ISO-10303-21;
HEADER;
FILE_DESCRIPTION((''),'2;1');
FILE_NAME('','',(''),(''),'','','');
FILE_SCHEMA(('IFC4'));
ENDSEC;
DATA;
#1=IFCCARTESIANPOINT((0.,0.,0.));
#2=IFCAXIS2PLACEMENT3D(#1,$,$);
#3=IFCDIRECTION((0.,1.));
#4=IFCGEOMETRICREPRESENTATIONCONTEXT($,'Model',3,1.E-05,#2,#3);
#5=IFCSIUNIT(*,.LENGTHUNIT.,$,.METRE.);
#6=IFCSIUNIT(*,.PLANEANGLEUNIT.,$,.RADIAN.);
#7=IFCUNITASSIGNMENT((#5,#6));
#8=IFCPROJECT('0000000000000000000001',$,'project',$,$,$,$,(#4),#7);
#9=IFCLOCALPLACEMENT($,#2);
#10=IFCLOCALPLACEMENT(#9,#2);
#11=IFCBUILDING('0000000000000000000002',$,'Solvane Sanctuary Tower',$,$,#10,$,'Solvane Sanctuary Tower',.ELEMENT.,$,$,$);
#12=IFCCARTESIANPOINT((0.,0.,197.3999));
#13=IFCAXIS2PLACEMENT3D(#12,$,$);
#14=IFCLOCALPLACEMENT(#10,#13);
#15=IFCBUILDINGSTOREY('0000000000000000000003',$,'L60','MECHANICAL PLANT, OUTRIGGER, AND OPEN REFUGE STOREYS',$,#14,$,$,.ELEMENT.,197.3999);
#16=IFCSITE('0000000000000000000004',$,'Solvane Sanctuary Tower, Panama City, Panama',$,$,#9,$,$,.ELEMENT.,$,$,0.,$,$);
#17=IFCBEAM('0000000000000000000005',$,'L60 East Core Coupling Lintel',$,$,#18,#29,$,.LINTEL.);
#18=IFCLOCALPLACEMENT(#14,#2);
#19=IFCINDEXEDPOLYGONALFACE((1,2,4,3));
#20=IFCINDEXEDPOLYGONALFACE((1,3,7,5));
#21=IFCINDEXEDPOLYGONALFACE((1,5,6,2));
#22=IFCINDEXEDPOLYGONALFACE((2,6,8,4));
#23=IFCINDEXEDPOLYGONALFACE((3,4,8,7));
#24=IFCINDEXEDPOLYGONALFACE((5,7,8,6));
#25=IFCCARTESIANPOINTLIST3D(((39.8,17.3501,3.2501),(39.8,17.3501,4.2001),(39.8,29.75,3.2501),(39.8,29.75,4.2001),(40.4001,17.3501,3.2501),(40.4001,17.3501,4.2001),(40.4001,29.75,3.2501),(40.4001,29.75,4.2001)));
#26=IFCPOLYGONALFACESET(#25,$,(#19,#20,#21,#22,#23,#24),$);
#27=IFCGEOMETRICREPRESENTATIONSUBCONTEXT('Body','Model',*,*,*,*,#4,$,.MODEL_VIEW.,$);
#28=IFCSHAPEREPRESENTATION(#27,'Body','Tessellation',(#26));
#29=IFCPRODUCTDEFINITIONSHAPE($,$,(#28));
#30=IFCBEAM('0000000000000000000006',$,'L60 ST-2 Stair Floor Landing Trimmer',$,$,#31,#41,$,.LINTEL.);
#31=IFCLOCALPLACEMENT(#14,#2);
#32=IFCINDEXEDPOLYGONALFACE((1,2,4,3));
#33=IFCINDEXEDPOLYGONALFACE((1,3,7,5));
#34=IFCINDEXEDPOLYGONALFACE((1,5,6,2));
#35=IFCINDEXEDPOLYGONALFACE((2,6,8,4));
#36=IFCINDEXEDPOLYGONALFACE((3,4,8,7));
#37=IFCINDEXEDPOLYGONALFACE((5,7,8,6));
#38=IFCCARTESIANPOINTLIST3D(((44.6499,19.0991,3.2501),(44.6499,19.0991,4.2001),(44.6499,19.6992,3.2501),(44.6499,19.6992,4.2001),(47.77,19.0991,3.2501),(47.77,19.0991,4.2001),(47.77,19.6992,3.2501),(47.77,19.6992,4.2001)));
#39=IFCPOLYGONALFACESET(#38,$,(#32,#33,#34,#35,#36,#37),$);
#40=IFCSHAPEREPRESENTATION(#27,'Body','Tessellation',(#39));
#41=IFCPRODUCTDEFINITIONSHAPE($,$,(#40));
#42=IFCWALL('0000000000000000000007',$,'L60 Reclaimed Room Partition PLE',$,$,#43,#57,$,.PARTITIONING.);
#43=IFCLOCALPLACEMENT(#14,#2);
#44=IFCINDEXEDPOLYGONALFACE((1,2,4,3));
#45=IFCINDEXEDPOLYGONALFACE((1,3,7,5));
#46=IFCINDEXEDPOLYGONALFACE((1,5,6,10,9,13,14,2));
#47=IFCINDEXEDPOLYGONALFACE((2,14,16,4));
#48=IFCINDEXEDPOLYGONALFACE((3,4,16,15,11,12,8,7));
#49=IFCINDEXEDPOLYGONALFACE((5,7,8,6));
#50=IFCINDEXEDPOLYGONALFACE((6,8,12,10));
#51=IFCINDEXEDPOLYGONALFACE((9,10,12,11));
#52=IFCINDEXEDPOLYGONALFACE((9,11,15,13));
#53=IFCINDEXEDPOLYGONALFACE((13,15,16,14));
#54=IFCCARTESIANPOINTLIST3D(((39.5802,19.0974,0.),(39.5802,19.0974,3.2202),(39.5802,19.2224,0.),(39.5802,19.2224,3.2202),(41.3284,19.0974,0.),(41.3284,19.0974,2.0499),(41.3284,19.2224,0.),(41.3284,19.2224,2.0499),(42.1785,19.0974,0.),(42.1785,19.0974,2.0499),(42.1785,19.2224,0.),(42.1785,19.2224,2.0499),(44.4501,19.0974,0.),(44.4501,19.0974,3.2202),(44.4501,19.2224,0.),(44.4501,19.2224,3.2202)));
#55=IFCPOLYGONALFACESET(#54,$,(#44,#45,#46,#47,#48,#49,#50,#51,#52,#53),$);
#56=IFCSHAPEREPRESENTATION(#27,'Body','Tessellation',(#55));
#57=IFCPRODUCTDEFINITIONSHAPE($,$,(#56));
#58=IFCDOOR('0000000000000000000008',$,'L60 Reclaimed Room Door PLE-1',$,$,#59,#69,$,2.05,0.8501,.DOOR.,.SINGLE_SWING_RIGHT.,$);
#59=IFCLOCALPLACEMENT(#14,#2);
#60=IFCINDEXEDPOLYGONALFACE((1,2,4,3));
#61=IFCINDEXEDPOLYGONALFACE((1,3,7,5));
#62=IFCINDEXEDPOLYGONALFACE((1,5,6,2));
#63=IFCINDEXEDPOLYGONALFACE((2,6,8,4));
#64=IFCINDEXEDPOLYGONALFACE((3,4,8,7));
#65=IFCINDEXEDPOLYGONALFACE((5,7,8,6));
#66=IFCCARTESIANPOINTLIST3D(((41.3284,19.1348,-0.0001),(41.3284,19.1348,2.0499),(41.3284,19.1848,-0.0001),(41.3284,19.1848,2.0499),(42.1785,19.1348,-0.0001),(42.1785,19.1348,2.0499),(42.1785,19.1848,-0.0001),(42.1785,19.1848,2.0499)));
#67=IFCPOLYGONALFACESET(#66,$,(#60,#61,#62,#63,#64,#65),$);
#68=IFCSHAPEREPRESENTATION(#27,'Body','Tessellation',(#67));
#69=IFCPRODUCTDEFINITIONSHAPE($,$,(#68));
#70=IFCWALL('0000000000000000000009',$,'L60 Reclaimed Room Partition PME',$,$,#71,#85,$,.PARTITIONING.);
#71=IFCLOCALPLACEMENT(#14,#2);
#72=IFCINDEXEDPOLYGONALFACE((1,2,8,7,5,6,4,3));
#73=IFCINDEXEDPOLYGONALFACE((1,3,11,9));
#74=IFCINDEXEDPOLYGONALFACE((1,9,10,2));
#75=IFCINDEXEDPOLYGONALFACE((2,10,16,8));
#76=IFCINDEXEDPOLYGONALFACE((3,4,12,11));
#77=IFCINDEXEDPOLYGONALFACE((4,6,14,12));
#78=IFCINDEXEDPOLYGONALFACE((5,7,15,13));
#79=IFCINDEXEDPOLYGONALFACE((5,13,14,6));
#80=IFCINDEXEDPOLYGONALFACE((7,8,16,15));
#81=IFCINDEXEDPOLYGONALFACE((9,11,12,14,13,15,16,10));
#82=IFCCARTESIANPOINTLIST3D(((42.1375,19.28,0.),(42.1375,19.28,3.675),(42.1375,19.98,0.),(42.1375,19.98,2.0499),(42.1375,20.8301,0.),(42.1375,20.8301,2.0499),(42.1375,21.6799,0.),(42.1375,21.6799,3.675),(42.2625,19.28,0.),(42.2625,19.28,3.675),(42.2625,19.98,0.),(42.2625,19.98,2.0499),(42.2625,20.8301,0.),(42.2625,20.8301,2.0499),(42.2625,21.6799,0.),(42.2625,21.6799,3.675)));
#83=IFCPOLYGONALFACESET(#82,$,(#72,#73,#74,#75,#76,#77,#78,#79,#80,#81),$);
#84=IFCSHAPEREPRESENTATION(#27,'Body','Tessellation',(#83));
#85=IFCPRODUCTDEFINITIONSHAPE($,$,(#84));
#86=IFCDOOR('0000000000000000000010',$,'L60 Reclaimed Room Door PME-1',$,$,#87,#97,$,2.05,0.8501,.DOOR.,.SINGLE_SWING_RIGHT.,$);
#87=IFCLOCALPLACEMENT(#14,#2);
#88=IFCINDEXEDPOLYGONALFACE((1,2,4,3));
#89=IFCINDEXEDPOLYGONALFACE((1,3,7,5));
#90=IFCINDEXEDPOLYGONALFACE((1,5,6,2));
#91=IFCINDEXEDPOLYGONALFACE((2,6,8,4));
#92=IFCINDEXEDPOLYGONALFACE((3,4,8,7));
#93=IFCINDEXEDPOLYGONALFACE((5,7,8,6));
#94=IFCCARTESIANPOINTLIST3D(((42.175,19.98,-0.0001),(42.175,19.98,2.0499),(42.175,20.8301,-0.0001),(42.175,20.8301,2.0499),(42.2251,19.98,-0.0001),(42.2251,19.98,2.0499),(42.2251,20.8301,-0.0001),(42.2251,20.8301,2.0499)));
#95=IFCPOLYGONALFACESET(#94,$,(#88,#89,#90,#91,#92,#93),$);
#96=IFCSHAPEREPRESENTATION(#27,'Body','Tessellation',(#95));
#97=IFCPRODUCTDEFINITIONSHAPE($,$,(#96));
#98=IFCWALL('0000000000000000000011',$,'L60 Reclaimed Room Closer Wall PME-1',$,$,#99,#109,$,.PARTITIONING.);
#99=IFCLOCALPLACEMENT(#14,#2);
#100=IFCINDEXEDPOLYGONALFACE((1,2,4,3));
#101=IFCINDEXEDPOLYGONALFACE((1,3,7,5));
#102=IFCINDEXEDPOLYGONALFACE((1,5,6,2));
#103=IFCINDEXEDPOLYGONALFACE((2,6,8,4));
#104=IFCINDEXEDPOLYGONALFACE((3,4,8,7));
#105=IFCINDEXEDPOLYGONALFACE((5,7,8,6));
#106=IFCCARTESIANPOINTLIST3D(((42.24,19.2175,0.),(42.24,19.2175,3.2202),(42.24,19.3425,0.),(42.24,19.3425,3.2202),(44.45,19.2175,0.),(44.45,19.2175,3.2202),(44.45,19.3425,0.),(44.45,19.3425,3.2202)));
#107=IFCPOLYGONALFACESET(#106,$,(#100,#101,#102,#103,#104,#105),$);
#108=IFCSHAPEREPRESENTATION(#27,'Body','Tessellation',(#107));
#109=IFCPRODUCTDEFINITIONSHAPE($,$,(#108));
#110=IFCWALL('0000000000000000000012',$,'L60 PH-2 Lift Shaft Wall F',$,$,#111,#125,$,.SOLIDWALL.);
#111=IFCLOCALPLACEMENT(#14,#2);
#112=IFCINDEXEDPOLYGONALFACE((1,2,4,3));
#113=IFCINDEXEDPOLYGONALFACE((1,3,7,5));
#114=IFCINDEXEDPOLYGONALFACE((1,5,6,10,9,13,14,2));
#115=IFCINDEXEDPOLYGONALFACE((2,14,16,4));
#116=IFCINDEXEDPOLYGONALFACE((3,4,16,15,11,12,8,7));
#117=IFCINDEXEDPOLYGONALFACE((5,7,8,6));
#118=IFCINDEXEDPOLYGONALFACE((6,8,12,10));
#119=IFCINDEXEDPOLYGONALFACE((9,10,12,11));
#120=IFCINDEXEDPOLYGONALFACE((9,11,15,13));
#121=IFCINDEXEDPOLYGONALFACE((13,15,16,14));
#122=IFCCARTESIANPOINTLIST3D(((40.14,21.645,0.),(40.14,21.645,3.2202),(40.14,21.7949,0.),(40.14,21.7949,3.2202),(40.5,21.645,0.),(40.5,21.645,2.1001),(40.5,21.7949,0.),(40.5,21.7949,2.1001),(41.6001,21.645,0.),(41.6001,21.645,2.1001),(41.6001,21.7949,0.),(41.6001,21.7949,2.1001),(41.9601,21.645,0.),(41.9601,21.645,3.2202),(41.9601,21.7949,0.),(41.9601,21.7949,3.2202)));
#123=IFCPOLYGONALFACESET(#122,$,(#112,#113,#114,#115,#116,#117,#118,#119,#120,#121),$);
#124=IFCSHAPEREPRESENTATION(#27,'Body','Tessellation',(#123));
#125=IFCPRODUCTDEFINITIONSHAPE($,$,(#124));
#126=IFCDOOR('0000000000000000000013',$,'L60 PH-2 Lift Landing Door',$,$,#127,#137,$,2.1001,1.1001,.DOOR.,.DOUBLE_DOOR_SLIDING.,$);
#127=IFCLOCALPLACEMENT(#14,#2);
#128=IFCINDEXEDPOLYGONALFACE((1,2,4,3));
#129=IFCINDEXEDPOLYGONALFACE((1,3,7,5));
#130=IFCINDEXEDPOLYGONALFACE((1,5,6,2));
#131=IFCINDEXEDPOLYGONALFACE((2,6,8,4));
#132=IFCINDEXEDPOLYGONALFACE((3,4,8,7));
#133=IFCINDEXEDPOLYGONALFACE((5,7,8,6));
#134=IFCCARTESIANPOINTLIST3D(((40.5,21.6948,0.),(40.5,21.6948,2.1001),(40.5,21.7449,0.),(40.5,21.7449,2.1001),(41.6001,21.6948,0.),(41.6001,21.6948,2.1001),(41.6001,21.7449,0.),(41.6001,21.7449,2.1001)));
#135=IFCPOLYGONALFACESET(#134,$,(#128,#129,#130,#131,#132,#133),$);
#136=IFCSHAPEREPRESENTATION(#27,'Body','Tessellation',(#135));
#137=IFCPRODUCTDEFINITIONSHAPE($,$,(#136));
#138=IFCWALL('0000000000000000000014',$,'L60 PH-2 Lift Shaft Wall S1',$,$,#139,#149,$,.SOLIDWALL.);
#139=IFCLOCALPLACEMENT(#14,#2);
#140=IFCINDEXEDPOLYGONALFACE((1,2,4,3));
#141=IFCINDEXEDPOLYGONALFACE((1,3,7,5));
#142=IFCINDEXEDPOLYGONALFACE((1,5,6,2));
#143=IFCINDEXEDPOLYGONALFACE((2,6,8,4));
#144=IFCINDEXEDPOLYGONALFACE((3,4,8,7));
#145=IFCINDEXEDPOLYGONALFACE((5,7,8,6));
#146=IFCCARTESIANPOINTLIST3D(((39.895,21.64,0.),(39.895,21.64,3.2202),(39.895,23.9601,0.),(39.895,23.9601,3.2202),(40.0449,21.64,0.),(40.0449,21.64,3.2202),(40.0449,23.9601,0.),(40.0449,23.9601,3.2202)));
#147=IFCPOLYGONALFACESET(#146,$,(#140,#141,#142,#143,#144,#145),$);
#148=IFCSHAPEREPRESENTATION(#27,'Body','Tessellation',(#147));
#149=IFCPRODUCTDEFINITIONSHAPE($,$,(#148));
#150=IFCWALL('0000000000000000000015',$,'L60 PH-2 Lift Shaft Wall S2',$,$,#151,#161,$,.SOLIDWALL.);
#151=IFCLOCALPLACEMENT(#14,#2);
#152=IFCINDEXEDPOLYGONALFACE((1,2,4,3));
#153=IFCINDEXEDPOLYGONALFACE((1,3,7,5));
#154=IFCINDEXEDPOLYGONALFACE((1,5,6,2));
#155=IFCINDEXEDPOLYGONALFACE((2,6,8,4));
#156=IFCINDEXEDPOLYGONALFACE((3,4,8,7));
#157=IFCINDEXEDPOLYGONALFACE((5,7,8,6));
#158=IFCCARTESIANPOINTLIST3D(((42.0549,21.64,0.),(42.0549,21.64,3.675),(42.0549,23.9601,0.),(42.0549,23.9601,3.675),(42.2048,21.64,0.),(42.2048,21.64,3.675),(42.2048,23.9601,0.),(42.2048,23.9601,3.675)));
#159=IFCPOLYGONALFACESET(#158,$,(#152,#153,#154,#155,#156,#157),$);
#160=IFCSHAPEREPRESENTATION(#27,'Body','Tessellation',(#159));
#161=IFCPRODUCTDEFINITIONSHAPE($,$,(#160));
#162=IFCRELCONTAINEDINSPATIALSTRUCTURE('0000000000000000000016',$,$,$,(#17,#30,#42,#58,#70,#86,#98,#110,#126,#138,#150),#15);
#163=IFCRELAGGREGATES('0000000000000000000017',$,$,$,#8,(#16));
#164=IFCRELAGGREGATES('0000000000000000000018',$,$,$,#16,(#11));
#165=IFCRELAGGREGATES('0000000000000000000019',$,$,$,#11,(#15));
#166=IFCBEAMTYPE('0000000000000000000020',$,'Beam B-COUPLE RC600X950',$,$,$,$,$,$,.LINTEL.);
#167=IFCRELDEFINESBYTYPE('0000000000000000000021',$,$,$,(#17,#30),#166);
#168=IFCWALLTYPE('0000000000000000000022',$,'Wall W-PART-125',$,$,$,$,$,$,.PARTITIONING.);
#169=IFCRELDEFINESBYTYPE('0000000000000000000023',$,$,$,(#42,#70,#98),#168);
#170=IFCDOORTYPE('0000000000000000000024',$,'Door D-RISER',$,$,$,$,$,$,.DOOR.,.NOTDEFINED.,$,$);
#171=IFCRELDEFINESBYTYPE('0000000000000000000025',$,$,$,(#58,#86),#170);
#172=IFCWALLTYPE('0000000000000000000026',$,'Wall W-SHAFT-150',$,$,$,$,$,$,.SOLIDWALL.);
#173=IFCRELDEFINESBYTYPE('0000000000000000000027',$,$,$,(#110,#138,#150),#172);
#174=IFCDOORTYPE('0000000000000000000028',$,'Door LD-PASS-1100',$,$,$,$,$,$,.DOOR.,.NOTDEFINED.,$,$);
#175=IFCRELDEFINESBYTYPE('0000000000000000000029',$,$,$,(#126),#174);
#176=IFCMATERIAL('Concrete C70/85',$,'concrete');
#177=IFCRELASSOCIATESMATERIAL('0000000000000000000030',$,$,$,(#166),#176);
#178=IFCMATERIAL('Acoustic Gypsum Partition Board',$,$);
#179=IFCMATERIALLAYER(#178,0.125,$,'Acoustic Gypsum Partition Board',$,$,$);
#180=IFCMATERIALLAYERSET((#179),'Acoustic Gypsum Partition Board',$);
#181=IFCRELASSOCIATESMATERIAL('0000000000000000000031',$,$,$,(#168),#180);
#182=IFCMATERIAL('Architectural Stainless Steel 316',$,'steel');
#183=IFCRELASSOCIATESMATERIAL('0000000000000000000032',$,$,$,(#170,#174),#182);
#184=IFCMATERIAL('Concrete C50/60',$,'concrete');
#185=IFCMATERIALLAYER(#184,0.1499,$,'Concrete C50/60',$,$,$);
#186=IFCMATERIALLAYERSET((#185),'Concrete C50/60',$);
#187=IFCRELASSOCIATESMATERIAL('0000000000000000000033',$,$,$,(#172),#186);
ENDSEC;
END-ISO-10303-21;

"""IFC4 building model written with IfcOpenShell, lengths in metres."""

from ifc_helpers import new_model, si_unit, direction, frame, frame_2d, origin, origin_2d, place, context, subcontext, project, spatial, rectangle, extrude, material, layer, layer_set, material_profile, profile_set, type_object, element, fill, save


model = new_model("IFC4")

# Units and contexts
model_context = context("Model", 3, precision=1e-05, world=origin(), true_north=direction((0.0, 1.0)))
body_context = subcontext(model_context, "Body", "Model", "MODEL_VIEW")
ifc_project = project(units=[si_unit("LENGTHUNIT", "METRE"), si_unit("PLANEANGLEUNIT", "RADIAN")], contexts=[model_context])

# Site, building, storey
site_placement = place(None, origin())
site = spatial("IfcSite", under=ifc_project, at=site_placement, Name="Solvane Sanctuary Tower, Panama City, Panama", CompositionType="ELEMENT", RefElevation=0.0)
building_placement = place(site_placement, origin())
building = spatial("IfcBuilding", under=site, at=building_placement, Name="Solvane Sanctuary Tower", LongName="Solvane Sanctuary Tower", CompositionType="ELEMENT")
storey_placement = place(building_placement, frame((0.0, 0.0, 197.3999)))
storey = spatial("IfcBuildingStorey", under=building, at=storey_placement, Name="L60", Description="MECHANICAL PLANT, OUTRIGGER, AND OPEN REFUGE STOREYS", CompositionType="ELEMENT", Elevation=197.3999)

# Beams
ifc_material_1 = material(Name="Concrete C70/85", Category="concrete")
ifc_material_profile = material_profile(ifc_material_1, rectangle(XDim=0.6001, YDim=0.95, at=origin_2d()), Name="RC600X950")
ifc_profile_set = profile_set([ifc_material_profile], Name="Concrete C70/85")
beam_type = type_object("IfcBeamType", Name="Beam B-COUPLE RC600X950", PredefinedType="LINTEL", material=ifc_profile_set)
beam_1_placement = place(storey_placement, frame((40.1001, 17.3501, 3.7251), z_axis=(0.0, 1.0, 0.0), x_axis=(-1.0, 0.0, 0.0)))
element("IfcBeam", 1, at=beam_1_placement, inside=storey, type_object=beam_type, Name="L60 East Core Coupling Lintel", PredefinedType="LINTEL", context=body_context, shape_type="SweptSolid", body=[
    extrude(rectangle(XDim=0.6001, YDim=0.95, at=origin_2d()), origin(), (0.0, 0.0, 1.0), 12.3999),
])
beam_2_placement = place(storey_placement, frame((44.6499, 19.3992, 3.7251), z_axis=(1.0, 0.0, 0.0), x_axis=(0.0, 1.0, 0.0)))
element("IfcBeam", 2, at=beam_2_placement, inside=storey, type_object=beam_type, Name="L60 ST-2 Stair Floor Landing Trimmer", PredefinedType="LINTEL", context=body_context, shape_type="SweptSolid", body=[
    extrude(rectangle(XDim=0.6001, YDim=0.95, at=origin_2d()), origin(), (0.0, 0.0, 1.0), 3.1201),
])

# Walls, openings, doors
ifc_material_2 = material(Name="Acoustic Gypsum Partition Board")
ifc_layer_1 = layer(ifc_material_2, 0.125, Name="Acoustic Gypsum Partition Board")
ifc_layer_set_1 = layer_set([ifc_layer_1], Name="Acoustic Gypsum Partition Board")
wall_type_1 = type_object("IfcWallType", Name="Wall W-PART-125", PredefinedType="PARTITIONING", material=ifc_layer_set_1)
wall_1_placement = place(storey_placement, frame((39.5801, 19.1599, 0.0), z_axis=(0.0, 0.0, 1.0), x_axis=(1.0, 0.0, 0.0)))
wall_1 = element("IfcWall", 3, at=wall_1_placement, inside=storey, type_object=wall_type_1, Name="L60 Reclaimed Room Partition PLE", PredefinedType="PARTITIONING", context=body_context, shape_type="SweptSolid", body=[
    extrude(rectangle(XDim=4.8699, YDim=0.125, at=frame_2d((2.4351, 0.0))), origin(), (0.0, 0.0, 1.0), 3.2202),
])
opening_1_placement = place(wall_1_placement, frame((1.7483, 0.0, 0.0)))
opening_1 = element("IfcOpeningElement", 4, at=opening_1_placement, cuts=wall_1, PredefinedType="OPENING", context=body_context, shape_type="SweptSolid", body=[
    extrude(rectangle(XDim=0.8501, YDim=2.05, at=frame_2d((0.425, 1.0249))), frame((0.0, 0.0725, 0.0), z_axis=(0.0, -1.0, 0.0), x_axis=(1.0, 0.0, 0.0)), (0.0, 0.0, 1.0), 0.145),
])
ifc_material_3 = material(Name="Architectural Stainless Steel 316", Category="steel")
door_type_1 = type_object("IfcDoorType", Name="Door D-RISER", OperationType="NOTDEFINED", PredefinedType="DOOR", material=ifc_material_3)
door_1_placement = place(opening_1_placement, origin())
door_1 = element("IfcDoor", 5, at=door_1_placement, inside=storey, type_object=door_type_1, Name="L60 Reclaimed Room Door PLE-1", OperationType="SINGLE_SWING_RIGHT", OverallHeight=2.05, OverallWidth=0.8501, PredefinedType="DOOR", context=body_context, shape_type="SweptSolid", body=[
    extrude(rectangle(XDim=0.8501, YDim=2.05, at=frame_2d((0.425, 1.0249))), frame((0.0, 0.0249, 0.0), z_axis=(0.0, -1.0, 0.0), x_axis=(1.0, 0.0, 0.0)), (0.0, 0.0, 1.0), 0.05),
])
fill(opening_1, door_1)
wall_2_placement = place(storey_placement, frame((42.2, 19.28, 0.0), z_axis=(0.0, 0.0, 1.0), x_axis=(0.0, 1.0, 0.0)))
wall_2 = element("IfcWall", 6, at=wall_2_placement, inside=storey, type_object=wall_type_1, Name="L60 Reclaimed Room Partition PME", PredefinedType="PARTITIONING", context=body_context, shape_type="SweptSolid", body=[
    extrude(rectangle(XDim=2.3999, YDim=0.125, at=frame_2d((1.2, 0.0))), origin(), (0.0, 0.0, 1.0), 3.675),
])
opening_2_placement = place(wall_2_placement, frame((0.7, 0.0, 0.0)))
opening_2 = element("IfcOpeningElement", 7, at=opening_2_placement, cuts=wall_2, PredefinedType="OPENING", context=body_context, shape_type="SweptSolid", body=[
    extrude(rectangle(XDim=0.8501, YDim=2.05, at=frame_2d((0.425, 1.0249))), frame((0.0, 0.0725, 0.0), z_axis=(0.0, -1.0, 0.0), x_axis=(1.0, 0.0, 0.0)), (0.0, 0.0, 1.0), 0.145),
])
door_2_placement = place(opening_2_placement, origin())
door_2 = element("IfcDoor", 8, at=door_2_placement, inside=storey, type_object=door_type_1, Name="L60 Reclaimed Room Door PME-1", OperationType="SINGLE_SWING_RIGHT", OverallHeight=2.05, OverallWidth=0.8501, PredefinedType="DOOR", context=body_context, shape_type="SweptSolid", body=[
    extrude(rectangle(XDim=0.8501, YDim=2.05, at=frame_2d((0.425, 1.0249))), frame((0.0, 0.0249, 0.0), z_axis=(0.0, -1.0, 0.0), x_axis=(1.0, 0.0, 0.0)), (0.0, 0.0, 1.0), 0.05),
])
fill(opening_2, door_2)

# Wall
wall_3_placement = place(storey_placement, frame((42.24, 19.28, 0.0), z_axis=(0.0, 0.0, 1.0), x_axis=(1.0, 0.0, 0.0)))
element("IfcWall", 9, at=wall_3_placement, inside=storey, type_object=wall_type_1, Name="L60 Reclaimed Room Closer Wall PME-1", PredefinedType="PARTITIONING", context=body_context, shape_type="SweptSolid", body=[
    extrude(rectangle(XDim=2.21, YDim=0.125, at=frame_2d((1.105, 0.0))), origin(), (0.0, 0.0, 1.0), 3.2202),
])

# Wall, opening, door
ifc_material_4 = material(Name="Concrete C50/60", Category="concrete")
ifc_layer_2 = layer(ifc_material_4, 0.1499, Name="Concrete C50/60")
ifc_layer_set_2 = layer_set([ifc_layer_2], Name="Concrete C50/60")
wall_type_2 = type_object("IfcWallType", Name="Wall W-SHAFT-150", PredefinedType="SOLIDWALL", material=ifc_layer_set_2)
wall_4_placement = place(storey_placement, frame((40.1399, 21.72, 0.0), z_axis=(0.0, 0.0, 1.0), x_axis=(1.0, 0.0, 0.0)))
wall_4 = element("IfcWall", 10, at=wall_4_placement, inside=storey, type_object=wall_type_2, Name="L60 PH-2 Lift Shaft Wall F", PredefinedType="SOLIDWALL", context=body_context, shape_type="SweptSolid", body=[
    extrude(rectangle(XDim=1.8201, YDim=0.1499, at=frame_2d((0.9102, 0.0))), origin(), (0.0, 0.0, 1.0), 3.2202),
])
opening_3_placement = place(wall_4_placement, frame((0.3601, 0.0, 0.0)))
opening_3 = element("IfcOpeningElement", 11, at=opening_3_placement, cuts=wall_4, PredefinedType="OPENING", context=body_context, shape_type="SweptSolid", body=[
    extrude(rectangle(XDim=1.1001, YDim=2.1001, at=frame_2d((0.55, 1.05))), frame((0.0, 0.085, 0.0), z_axis=(0.0, -1.0, 0.0), x_axis=(1.0, 0.0, 0.0)), (0.0, 0.0, 1.0), 0.1699),
])
door_type_2 = type_object("IfcDoorType", Name="Door LD-PASS-1100", OperationType="NOTDEFINED", PredefinedType="DOOR", material=ifc_material_3)
door_3_placement = place(opening_3_placement, origin())
door_3 = element("IfcDoor", 12, at=door_3_placement, inside=storey, type_object=door_type_2, Name="L60 PH-2 Lift Landing Door", OperationType="DOUBLE_DOOR_SLIDING", OverallHeight=2.1001, OverallWidth=1.1001, PredefinedType="DOOR", context=body_context, shape_type="SweptSolid", body=[
    extrude(rectangle(XDim=1.1001, YDim=2.1001, at=frame_2d((0.55, 1.05))), frame((0.0, 0.0249, 0.0), z_axis=(0.0, -1.0, 0.0), x_axis=(1.0, 0.0, 0.0)), (0.0, 0.0, 1.0), 0.05),
])
fill(opening_3, door_3)

# Walls
wall_5_placement = place(storey_placement, frame((39.97, 21.6399, 0.0), z_axis=(0.0, 0.0, 1.0), x_axis=(0.0, 1.0, 0.0)))
element("IfcWall", 13, at=wall_5_placement, inside=storey, type_object=wall_type_2, Name="L60 PH-2 Lift Shaft Wall S1", PredefinedType="SOLIDWALL", context=body_context, shape_type="SweptSolid", body=[
    extrude(rectangle(XDim=2.3201, YDim=0.1499, at=frame_2d((1.1602, 0.0))), origin(), (0.0, 0.0, 1.0), 3.2202),
])
wall_6_placement = place(storey_placement, frame((42.1299, 21.6399, 0.0), z_axis=(0.0, 0.0, 1.0), x_axis=(0.0, 1.0, 0.0)))
element("IfcWall", 14, at=wall_6_placement, inside=storey, type_object=wall_type_2, Name="L60 PH-2 Lift Shaft Wall S2", PredefinedType="SOLIDWALL", context=body_context, shape_type="SweptSolid", body=[
    extrude(rectangle(XDim=2.3201, YDim=0.1499, at=frame_2d((1.1602, 0.0))), origin(), (0.0, 0.0, 1.0), 3.675),
])

save(model, "model.ifc")
